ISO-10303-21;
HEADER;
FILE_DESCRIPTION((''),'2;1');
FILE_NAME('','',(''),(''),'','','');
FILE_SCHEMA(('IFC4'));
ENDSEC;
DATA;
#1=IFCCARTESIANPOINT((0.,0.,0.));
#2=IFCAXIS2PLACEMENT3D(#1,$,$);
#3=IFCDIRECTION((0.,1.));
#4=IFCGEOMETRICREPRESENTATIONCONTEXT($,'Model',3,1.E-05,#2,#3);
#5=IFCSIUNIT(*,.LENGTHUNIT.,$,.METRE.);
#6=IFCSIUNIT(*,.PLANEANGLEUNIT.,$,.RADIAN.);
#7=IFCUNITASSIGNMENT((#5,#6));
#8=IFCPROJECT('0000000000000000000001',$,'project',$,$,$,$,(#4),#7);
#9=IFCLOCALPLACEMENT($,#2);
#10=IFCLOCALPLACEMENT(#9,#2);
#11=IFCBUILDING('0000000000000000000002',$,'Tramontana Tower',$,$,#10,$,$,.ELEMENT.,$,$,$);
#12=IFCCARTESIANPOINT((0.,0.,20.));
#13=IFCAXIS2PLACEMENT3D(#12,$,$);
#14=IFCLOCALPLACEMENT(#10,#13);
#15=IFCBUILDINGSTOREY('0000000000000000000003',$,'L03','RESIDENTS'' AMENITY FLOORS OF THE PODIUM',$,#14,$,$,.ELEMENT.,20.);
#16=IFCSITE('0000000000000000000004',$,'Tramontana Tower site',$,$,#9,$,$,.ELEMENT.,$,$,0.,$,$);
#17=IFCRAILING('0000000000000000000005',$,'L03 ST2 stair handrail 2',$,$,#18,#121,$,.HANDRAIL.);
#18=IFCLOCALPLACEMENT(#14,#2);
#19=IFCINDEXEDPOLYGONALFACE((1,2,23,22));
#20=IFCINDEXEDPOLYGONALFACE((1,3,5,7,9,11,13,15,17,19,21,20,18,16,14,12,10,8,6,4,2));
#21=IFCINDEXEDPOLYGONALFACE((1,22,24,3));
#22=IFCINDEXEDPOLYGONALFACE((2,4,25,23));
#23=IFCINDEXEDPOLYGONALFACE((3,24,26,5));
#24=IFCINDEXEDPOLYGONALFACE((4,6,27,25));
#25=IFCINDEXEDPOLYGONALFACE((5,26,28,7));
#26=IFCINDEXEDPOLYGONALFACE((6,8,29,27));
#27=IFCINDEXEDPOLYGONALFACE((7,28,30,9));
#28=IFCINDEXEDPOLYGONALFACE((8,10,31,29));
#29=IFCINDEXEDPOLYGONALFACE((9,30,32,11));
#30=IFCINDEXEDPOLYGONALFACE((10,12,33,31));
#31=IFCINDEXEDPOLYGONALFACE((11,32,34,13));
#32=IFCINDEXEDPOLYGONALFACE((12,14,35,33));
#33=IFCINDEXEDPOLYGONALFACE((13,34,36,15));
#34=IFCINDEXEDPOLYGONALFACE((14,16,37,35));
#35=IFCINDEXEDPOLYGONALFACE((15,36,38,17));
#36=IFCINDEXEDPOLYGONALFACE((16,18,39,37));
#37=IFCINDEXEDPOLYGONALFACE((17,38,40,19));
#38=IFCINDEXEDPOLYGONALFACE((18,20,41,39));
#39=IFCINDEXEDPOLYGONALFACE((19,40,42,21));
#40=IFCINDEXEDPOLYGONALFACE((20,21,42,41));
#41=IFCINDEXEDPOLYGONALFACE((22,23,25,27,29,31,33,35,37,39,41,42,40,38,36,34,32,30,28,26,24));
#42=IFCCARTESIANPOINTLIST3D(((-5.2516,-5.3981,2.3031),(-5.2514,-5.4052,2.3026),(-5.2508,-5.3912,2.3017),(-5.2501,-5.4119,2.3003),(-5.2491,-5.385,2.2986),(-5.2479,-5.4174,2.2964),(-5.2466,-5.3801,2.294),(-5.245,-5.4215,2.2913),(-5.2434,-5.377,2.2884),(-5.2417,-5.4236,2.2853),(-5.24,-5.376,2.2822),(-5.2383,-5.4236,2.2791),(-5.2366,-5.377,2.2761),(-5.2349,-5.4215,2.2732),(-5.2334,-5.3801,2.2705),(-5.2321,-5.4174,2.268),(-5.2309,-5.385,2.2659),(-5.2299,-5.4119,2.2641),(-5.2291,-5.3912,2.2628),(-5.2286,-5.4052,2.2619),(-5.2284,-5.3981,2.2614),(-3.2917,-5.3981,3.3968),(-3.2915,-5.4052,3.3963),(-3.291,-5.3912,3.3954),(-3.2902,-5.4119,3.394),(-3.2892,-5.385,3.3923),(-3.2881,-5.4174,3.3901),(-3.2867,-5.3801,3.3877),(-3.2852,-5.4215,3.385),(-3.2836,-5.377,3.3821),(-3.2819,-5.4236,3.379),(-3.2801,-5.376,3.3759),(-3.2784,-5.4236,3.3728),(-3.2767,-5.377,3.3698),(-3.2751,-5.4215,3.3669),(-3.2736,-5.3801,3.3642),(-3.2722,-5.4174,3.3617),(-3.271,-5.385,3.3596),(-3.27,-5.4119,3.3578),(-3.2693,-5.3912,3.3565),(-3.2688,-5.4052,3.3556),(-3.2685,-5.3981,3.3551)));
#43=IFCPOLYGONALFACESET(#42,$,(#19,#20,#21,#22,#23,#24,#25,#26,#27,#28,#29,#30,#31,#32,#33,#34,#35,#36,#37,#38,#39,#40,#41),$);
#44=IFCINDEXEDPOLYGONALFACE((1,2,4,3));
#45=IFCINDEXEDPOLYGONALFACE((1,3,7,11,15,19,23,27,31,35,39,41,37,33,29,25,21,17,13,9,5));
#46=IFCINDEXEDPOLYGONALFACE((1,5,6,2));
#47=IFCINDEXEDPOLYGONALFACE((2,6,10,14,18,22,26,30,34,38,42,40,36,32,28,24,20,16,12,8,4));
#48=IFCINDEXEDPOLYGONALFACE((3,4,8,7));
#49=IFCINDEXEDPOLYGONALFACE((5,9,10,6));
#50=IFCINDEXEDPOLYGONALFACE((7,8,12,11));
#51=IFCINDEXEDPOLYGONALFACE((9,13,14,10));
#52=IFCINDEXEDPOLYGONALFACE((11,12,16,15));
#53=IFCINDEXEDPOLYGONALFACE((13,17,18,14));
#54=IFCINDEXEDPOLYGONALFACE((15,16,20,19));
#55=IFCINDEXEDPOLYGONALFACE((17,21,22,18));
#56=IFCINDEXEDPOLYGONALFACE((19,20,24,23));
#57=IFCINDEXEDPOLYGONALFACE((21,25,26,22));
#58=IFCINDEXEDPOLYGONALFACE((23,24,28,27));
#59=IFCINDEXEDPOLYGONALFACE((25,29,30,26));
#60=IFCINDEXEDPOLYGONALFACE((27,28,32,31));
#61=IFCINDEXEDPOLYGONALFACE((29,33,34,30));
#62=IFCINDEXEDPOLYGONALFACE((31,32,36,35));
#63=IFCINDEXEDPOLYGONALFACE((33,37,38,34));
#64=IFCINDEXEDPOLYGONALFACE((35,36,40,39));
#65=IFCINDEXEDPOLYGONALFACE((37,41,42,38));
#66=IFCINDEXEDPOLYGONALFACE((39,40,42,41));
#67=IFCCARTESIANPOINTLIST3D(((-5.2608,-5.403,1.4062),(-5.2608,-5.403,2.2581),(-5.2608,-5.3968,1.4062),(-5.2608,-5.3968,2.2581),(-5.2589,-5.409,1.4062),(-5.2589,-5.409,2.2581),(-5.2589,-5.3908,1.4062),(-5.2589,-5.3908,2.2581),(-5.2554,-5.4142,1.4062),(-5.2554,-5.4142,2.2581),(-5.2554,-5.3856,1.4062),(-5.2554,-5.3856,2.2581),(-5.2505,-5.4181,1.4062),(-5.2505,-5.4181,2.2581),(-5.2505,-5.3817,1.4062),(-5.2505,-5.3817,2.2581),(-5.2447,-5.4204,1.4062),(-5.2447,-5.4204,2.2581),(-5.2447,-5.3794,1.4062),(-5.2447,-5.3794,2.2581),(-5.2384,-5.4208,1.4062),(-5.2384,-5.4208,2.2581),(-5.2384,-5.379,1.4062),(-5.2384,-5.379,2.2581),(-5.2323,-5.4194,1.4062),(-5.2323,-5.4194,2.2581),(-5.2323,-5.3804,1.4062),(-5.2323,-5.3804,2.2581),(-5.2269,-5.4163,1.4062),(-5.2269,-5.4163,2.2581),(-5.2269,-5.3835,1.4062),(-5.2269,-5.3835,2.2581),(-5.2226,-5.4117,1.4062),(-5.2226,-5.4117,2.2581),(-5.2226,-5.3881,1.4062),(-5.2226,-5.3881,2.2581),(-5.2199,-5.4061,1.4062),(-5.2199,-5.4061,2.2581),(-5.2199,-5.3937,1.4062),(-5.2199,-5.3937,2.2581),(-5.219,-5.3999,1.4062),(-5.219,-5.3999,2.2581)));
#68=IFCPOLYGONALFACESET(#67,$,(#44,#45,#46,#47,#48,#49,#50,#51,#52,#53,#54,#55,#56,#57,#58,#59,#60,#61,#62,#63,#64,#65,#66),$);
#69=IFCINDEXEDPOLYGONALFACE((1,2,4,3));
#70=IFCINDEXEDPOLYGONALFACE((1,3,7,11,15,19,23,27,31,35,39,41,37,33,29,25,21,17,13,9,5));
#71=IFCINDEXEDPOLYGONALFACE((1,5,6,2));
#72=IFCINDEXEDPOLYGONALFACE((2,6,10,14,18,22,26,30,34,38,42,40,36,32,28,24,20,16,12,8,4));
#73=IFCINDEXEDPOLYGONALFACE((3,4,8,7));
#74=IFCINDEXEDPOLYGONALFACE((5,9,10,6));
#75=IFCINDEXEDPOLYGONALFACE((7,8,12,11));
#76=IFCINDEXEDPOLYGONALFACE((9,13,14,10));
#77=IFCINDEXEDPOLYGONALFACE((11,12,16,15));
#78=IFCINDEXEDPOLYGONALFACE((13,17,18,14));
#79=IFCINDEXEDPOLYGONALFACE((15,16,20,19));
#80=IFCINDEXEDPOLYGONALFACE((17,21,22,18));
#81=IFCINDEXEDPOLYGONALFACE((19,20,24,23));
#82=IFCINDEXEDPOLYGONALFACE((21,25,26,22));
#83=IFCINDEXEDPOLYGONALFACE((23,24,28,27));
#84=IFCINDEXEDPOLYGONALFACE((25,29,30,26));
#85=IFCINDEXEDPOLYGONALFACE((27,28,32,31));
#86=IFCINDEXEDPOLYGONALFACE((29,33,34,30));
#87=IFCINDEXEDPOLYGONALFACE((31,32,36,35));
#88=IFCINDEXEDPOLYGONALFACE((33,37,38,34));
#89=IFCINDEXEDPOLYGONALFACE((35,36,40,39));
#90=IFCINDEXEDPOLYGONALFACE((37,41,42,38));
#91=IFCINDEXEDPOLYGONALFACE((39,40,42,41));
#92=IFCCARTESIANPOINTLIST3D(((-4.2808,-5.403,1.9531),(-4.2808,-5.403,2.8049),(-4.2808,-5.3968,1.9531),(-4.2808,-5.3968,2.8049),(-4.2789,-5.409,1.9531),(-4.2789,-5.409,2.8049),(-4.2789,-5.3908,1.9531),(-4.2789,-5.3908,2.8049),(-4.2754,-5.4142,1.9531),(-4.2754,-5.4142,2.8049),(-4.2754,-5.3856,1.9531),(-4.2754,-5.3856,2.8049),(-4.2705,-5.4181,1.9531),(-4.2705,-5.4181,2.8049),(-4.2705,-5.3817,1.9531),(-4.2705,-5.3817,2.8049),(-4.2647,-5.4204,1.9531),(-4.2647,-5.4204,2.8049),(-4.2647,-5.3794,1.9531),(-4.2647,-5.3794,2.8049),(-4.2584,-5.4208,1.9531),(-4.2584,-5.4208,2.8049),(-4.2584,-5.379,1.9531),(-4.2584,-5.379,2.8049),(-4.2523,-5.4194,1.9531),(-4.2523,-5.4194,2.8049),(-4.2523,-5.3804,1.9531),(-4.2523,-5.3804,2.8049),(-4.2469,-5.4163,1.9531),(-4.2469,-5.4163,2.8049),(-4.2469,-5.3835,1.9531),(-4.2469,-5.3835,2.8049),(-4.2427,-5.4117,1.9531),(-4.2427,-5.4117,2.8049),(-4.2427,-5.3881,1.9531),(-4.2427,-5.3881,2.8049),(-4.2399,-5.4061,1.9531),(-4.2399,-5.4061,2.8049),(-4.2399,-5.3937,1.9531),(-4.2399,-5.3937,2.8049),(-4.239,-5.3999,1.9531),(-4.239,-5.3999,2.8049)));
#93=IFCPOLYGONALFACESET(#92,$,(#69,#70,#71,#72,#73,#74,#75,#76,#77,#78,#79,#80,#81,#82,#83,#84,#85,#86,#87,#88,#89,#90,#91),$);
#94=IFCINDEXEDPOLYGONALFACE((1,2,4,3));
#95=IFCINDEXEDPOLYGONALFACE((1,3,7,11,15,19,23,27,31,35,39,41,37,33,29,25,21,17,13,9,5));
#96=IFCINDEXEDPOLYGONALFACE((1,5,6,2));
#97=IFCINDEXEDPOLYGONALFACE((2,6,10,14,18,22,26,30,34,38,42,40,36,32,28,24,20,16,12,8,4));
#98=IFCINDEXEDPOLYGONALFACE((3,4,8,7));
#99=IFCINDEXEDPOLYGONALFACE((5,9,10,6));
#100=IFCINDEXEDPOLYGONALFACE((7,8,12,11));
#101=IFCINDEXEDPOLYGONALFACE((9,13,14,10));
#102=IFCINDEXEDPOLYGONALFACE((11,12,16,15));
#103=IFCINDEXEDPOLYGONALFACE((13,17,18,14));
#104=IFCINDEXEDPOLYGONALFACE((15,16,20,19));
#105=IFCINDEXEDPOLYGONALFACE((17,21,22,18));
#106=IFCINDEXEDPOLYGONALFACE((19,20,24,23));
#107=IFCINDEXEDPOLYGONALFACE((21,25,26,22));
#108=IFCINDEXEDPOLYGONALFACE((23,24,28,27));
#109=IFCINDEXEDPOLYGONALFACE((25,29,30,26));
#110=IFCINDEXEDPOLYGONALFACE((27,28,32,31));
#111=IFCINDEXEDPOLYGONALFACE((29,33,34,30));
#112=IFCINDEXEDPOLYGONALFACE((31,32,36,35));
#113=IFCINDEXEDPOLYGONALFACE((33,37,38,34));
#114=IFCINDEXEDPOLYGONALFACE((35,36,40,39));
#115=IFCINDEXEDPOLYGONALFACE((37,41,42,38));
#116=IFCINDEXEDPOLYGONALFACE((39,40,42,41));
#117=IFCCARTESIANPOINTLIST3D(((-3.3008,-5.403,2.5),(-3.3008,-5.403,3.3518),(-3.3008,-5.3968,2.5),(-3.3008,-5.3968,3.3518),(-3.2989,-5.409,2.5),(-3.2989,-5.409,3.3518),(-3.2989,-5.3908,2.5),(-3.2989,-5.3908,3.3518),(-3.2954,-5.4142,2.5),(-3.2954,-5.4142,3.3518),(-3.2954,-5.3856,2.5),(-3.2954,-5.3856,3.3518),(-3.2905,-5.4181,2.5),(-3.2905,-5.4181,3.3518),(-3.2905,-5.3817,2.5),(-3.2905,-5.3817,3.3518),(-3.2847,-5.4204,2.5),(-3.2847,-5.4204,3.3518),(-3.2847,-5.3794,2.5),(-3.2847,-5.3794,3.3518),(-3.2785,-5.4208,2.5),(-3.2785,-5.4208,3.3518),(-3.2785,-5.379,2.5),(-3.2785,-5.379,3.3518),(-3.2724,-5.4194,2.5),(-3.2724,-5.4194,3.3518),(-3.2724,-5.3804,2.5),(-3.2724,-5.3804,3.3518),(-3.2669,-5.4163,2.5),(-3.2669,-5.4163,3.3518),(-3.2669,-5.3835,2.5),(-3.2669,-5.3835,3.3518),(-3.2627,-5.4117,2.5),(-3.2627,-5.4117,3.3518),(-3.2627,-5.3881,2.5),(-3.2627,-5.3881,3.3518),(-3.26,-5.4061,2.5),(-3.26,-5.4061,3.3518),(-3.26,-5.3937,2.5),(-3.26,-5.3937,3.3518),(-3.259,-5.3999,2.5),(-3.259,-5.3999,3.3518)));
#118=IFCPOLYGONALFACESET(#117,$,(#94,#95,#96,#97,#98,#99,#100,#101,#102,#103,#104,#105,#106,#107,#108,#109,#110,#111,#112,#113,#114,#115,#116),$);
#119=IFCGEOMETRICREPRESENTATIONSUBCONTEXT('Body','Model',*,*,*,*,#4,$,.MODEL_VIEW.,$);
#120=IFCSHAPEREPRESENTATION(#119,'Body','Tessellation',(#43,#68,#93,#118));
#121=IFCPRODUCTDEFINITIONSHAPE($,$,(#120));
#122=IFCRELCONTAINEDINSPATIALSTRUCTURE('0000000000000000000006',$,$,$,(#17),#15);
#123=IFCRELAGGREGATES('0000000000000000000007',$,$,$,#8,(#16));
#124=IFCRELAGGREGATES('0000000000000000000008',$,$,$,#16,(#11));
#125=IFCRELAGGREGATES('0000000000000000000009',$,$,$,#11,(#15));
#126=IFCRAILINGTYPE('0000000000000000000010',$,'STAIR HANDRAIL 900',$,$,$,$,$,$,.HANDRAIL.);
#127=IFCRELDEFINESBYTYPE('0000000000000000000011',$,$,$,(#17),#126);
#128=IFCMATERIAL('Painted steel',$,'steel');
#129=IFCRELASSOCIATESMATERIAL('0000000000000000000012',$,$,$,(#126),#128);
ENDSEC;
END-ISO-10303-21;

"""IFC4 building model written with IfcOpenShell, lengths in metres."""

from ifc_helpers import new_model, si_unit, direction, frame, origin, origin_2d, place, context, subcontext, project, spatial, circle, extrude, material, type_object, element, save


model = new_model("IFC4")

# Units and contexts
model_context = context("Model", 3, precision=1e-05, world=origin(), true_north=direction((0.0, 1.0)))
body_context = subcontext(model_context, "Body", "Model", "MODEL_VIEW")
ifc_project = project(units=[si_unit("LENGTHUNIT", "METRE"), si_unit("PLANEANGLEUNIT", "RADIAN")], contexts=[model_context])

# Site, building, storey
site_placement = place(None, origin())
site = spatial("IfcSite", under=ifc_project, at=site_placement, Name="Tramontana Tower site", CompositionType="ELEMENT", RefElevation=0.0)
building_placement = place(site_placement, origin())
building = spatial("IfcBuilding", under=site, at=building_placement, Name="Tramontana Tower", CompositionType="ELEMENT")
storey_placement = place(building_placement, frame((0.0, 0.0, 20.0)))
storey = spatial("IfcBuildingStorey", under=building, at=storey_placement, Name="L03", Description="RESIDENTS' AMENITY FLOORS OF THE PODIUM", CompositionType="ELEMENT", Elevation=20.0)

# Railing
ifc_material_1 = material(Name="Painted steel", Category="steel")
railing_type_1 = type_object("IfcRailingType", Name="STAIR HANDRAIL 900", PredefinedType="HANDRAIL", material=ifc_material_1)
railing_1_placement = place(storey_placement, frame((-5.24, -5.3999, 1.4062)))
element("IfcRailing", 1, at=railing_1_placement, inside=storey, type_object=railing_type_1, Name="L03 ST2 stair handrail 2", PredefinedType="HANDRAIL", context=body_context, shape_type="SweptSolid", body=[
    extrude(circle(Radius=0.0239, at=origin_2d()), frame((0.0, 0.0, 0.876), z_axis=(0.873232, 0.0, 0.487304), x_axis=(0.0, 1.0, 0.0)), (0.0, 0.0, 1.0), 2.2444),
    extrude(circle(Radius=0.021, at=origin_2d()), origin(), (0.0, 0.0, 1.0), 0.8518),
    extrude(circle(Radius=0.021, at=origin_2d()), frame((0.98, 0.0, 0.5469)), (0.0, 0.0, 1.0), 0.8518),
    extrude(circle(Radius=0.021, at=origin_2d()), frame((1.96, 0.0, 1.0938)), (0.0, 0.0, 1.0), 0.8518),
])

save(model, "model.ifc")
